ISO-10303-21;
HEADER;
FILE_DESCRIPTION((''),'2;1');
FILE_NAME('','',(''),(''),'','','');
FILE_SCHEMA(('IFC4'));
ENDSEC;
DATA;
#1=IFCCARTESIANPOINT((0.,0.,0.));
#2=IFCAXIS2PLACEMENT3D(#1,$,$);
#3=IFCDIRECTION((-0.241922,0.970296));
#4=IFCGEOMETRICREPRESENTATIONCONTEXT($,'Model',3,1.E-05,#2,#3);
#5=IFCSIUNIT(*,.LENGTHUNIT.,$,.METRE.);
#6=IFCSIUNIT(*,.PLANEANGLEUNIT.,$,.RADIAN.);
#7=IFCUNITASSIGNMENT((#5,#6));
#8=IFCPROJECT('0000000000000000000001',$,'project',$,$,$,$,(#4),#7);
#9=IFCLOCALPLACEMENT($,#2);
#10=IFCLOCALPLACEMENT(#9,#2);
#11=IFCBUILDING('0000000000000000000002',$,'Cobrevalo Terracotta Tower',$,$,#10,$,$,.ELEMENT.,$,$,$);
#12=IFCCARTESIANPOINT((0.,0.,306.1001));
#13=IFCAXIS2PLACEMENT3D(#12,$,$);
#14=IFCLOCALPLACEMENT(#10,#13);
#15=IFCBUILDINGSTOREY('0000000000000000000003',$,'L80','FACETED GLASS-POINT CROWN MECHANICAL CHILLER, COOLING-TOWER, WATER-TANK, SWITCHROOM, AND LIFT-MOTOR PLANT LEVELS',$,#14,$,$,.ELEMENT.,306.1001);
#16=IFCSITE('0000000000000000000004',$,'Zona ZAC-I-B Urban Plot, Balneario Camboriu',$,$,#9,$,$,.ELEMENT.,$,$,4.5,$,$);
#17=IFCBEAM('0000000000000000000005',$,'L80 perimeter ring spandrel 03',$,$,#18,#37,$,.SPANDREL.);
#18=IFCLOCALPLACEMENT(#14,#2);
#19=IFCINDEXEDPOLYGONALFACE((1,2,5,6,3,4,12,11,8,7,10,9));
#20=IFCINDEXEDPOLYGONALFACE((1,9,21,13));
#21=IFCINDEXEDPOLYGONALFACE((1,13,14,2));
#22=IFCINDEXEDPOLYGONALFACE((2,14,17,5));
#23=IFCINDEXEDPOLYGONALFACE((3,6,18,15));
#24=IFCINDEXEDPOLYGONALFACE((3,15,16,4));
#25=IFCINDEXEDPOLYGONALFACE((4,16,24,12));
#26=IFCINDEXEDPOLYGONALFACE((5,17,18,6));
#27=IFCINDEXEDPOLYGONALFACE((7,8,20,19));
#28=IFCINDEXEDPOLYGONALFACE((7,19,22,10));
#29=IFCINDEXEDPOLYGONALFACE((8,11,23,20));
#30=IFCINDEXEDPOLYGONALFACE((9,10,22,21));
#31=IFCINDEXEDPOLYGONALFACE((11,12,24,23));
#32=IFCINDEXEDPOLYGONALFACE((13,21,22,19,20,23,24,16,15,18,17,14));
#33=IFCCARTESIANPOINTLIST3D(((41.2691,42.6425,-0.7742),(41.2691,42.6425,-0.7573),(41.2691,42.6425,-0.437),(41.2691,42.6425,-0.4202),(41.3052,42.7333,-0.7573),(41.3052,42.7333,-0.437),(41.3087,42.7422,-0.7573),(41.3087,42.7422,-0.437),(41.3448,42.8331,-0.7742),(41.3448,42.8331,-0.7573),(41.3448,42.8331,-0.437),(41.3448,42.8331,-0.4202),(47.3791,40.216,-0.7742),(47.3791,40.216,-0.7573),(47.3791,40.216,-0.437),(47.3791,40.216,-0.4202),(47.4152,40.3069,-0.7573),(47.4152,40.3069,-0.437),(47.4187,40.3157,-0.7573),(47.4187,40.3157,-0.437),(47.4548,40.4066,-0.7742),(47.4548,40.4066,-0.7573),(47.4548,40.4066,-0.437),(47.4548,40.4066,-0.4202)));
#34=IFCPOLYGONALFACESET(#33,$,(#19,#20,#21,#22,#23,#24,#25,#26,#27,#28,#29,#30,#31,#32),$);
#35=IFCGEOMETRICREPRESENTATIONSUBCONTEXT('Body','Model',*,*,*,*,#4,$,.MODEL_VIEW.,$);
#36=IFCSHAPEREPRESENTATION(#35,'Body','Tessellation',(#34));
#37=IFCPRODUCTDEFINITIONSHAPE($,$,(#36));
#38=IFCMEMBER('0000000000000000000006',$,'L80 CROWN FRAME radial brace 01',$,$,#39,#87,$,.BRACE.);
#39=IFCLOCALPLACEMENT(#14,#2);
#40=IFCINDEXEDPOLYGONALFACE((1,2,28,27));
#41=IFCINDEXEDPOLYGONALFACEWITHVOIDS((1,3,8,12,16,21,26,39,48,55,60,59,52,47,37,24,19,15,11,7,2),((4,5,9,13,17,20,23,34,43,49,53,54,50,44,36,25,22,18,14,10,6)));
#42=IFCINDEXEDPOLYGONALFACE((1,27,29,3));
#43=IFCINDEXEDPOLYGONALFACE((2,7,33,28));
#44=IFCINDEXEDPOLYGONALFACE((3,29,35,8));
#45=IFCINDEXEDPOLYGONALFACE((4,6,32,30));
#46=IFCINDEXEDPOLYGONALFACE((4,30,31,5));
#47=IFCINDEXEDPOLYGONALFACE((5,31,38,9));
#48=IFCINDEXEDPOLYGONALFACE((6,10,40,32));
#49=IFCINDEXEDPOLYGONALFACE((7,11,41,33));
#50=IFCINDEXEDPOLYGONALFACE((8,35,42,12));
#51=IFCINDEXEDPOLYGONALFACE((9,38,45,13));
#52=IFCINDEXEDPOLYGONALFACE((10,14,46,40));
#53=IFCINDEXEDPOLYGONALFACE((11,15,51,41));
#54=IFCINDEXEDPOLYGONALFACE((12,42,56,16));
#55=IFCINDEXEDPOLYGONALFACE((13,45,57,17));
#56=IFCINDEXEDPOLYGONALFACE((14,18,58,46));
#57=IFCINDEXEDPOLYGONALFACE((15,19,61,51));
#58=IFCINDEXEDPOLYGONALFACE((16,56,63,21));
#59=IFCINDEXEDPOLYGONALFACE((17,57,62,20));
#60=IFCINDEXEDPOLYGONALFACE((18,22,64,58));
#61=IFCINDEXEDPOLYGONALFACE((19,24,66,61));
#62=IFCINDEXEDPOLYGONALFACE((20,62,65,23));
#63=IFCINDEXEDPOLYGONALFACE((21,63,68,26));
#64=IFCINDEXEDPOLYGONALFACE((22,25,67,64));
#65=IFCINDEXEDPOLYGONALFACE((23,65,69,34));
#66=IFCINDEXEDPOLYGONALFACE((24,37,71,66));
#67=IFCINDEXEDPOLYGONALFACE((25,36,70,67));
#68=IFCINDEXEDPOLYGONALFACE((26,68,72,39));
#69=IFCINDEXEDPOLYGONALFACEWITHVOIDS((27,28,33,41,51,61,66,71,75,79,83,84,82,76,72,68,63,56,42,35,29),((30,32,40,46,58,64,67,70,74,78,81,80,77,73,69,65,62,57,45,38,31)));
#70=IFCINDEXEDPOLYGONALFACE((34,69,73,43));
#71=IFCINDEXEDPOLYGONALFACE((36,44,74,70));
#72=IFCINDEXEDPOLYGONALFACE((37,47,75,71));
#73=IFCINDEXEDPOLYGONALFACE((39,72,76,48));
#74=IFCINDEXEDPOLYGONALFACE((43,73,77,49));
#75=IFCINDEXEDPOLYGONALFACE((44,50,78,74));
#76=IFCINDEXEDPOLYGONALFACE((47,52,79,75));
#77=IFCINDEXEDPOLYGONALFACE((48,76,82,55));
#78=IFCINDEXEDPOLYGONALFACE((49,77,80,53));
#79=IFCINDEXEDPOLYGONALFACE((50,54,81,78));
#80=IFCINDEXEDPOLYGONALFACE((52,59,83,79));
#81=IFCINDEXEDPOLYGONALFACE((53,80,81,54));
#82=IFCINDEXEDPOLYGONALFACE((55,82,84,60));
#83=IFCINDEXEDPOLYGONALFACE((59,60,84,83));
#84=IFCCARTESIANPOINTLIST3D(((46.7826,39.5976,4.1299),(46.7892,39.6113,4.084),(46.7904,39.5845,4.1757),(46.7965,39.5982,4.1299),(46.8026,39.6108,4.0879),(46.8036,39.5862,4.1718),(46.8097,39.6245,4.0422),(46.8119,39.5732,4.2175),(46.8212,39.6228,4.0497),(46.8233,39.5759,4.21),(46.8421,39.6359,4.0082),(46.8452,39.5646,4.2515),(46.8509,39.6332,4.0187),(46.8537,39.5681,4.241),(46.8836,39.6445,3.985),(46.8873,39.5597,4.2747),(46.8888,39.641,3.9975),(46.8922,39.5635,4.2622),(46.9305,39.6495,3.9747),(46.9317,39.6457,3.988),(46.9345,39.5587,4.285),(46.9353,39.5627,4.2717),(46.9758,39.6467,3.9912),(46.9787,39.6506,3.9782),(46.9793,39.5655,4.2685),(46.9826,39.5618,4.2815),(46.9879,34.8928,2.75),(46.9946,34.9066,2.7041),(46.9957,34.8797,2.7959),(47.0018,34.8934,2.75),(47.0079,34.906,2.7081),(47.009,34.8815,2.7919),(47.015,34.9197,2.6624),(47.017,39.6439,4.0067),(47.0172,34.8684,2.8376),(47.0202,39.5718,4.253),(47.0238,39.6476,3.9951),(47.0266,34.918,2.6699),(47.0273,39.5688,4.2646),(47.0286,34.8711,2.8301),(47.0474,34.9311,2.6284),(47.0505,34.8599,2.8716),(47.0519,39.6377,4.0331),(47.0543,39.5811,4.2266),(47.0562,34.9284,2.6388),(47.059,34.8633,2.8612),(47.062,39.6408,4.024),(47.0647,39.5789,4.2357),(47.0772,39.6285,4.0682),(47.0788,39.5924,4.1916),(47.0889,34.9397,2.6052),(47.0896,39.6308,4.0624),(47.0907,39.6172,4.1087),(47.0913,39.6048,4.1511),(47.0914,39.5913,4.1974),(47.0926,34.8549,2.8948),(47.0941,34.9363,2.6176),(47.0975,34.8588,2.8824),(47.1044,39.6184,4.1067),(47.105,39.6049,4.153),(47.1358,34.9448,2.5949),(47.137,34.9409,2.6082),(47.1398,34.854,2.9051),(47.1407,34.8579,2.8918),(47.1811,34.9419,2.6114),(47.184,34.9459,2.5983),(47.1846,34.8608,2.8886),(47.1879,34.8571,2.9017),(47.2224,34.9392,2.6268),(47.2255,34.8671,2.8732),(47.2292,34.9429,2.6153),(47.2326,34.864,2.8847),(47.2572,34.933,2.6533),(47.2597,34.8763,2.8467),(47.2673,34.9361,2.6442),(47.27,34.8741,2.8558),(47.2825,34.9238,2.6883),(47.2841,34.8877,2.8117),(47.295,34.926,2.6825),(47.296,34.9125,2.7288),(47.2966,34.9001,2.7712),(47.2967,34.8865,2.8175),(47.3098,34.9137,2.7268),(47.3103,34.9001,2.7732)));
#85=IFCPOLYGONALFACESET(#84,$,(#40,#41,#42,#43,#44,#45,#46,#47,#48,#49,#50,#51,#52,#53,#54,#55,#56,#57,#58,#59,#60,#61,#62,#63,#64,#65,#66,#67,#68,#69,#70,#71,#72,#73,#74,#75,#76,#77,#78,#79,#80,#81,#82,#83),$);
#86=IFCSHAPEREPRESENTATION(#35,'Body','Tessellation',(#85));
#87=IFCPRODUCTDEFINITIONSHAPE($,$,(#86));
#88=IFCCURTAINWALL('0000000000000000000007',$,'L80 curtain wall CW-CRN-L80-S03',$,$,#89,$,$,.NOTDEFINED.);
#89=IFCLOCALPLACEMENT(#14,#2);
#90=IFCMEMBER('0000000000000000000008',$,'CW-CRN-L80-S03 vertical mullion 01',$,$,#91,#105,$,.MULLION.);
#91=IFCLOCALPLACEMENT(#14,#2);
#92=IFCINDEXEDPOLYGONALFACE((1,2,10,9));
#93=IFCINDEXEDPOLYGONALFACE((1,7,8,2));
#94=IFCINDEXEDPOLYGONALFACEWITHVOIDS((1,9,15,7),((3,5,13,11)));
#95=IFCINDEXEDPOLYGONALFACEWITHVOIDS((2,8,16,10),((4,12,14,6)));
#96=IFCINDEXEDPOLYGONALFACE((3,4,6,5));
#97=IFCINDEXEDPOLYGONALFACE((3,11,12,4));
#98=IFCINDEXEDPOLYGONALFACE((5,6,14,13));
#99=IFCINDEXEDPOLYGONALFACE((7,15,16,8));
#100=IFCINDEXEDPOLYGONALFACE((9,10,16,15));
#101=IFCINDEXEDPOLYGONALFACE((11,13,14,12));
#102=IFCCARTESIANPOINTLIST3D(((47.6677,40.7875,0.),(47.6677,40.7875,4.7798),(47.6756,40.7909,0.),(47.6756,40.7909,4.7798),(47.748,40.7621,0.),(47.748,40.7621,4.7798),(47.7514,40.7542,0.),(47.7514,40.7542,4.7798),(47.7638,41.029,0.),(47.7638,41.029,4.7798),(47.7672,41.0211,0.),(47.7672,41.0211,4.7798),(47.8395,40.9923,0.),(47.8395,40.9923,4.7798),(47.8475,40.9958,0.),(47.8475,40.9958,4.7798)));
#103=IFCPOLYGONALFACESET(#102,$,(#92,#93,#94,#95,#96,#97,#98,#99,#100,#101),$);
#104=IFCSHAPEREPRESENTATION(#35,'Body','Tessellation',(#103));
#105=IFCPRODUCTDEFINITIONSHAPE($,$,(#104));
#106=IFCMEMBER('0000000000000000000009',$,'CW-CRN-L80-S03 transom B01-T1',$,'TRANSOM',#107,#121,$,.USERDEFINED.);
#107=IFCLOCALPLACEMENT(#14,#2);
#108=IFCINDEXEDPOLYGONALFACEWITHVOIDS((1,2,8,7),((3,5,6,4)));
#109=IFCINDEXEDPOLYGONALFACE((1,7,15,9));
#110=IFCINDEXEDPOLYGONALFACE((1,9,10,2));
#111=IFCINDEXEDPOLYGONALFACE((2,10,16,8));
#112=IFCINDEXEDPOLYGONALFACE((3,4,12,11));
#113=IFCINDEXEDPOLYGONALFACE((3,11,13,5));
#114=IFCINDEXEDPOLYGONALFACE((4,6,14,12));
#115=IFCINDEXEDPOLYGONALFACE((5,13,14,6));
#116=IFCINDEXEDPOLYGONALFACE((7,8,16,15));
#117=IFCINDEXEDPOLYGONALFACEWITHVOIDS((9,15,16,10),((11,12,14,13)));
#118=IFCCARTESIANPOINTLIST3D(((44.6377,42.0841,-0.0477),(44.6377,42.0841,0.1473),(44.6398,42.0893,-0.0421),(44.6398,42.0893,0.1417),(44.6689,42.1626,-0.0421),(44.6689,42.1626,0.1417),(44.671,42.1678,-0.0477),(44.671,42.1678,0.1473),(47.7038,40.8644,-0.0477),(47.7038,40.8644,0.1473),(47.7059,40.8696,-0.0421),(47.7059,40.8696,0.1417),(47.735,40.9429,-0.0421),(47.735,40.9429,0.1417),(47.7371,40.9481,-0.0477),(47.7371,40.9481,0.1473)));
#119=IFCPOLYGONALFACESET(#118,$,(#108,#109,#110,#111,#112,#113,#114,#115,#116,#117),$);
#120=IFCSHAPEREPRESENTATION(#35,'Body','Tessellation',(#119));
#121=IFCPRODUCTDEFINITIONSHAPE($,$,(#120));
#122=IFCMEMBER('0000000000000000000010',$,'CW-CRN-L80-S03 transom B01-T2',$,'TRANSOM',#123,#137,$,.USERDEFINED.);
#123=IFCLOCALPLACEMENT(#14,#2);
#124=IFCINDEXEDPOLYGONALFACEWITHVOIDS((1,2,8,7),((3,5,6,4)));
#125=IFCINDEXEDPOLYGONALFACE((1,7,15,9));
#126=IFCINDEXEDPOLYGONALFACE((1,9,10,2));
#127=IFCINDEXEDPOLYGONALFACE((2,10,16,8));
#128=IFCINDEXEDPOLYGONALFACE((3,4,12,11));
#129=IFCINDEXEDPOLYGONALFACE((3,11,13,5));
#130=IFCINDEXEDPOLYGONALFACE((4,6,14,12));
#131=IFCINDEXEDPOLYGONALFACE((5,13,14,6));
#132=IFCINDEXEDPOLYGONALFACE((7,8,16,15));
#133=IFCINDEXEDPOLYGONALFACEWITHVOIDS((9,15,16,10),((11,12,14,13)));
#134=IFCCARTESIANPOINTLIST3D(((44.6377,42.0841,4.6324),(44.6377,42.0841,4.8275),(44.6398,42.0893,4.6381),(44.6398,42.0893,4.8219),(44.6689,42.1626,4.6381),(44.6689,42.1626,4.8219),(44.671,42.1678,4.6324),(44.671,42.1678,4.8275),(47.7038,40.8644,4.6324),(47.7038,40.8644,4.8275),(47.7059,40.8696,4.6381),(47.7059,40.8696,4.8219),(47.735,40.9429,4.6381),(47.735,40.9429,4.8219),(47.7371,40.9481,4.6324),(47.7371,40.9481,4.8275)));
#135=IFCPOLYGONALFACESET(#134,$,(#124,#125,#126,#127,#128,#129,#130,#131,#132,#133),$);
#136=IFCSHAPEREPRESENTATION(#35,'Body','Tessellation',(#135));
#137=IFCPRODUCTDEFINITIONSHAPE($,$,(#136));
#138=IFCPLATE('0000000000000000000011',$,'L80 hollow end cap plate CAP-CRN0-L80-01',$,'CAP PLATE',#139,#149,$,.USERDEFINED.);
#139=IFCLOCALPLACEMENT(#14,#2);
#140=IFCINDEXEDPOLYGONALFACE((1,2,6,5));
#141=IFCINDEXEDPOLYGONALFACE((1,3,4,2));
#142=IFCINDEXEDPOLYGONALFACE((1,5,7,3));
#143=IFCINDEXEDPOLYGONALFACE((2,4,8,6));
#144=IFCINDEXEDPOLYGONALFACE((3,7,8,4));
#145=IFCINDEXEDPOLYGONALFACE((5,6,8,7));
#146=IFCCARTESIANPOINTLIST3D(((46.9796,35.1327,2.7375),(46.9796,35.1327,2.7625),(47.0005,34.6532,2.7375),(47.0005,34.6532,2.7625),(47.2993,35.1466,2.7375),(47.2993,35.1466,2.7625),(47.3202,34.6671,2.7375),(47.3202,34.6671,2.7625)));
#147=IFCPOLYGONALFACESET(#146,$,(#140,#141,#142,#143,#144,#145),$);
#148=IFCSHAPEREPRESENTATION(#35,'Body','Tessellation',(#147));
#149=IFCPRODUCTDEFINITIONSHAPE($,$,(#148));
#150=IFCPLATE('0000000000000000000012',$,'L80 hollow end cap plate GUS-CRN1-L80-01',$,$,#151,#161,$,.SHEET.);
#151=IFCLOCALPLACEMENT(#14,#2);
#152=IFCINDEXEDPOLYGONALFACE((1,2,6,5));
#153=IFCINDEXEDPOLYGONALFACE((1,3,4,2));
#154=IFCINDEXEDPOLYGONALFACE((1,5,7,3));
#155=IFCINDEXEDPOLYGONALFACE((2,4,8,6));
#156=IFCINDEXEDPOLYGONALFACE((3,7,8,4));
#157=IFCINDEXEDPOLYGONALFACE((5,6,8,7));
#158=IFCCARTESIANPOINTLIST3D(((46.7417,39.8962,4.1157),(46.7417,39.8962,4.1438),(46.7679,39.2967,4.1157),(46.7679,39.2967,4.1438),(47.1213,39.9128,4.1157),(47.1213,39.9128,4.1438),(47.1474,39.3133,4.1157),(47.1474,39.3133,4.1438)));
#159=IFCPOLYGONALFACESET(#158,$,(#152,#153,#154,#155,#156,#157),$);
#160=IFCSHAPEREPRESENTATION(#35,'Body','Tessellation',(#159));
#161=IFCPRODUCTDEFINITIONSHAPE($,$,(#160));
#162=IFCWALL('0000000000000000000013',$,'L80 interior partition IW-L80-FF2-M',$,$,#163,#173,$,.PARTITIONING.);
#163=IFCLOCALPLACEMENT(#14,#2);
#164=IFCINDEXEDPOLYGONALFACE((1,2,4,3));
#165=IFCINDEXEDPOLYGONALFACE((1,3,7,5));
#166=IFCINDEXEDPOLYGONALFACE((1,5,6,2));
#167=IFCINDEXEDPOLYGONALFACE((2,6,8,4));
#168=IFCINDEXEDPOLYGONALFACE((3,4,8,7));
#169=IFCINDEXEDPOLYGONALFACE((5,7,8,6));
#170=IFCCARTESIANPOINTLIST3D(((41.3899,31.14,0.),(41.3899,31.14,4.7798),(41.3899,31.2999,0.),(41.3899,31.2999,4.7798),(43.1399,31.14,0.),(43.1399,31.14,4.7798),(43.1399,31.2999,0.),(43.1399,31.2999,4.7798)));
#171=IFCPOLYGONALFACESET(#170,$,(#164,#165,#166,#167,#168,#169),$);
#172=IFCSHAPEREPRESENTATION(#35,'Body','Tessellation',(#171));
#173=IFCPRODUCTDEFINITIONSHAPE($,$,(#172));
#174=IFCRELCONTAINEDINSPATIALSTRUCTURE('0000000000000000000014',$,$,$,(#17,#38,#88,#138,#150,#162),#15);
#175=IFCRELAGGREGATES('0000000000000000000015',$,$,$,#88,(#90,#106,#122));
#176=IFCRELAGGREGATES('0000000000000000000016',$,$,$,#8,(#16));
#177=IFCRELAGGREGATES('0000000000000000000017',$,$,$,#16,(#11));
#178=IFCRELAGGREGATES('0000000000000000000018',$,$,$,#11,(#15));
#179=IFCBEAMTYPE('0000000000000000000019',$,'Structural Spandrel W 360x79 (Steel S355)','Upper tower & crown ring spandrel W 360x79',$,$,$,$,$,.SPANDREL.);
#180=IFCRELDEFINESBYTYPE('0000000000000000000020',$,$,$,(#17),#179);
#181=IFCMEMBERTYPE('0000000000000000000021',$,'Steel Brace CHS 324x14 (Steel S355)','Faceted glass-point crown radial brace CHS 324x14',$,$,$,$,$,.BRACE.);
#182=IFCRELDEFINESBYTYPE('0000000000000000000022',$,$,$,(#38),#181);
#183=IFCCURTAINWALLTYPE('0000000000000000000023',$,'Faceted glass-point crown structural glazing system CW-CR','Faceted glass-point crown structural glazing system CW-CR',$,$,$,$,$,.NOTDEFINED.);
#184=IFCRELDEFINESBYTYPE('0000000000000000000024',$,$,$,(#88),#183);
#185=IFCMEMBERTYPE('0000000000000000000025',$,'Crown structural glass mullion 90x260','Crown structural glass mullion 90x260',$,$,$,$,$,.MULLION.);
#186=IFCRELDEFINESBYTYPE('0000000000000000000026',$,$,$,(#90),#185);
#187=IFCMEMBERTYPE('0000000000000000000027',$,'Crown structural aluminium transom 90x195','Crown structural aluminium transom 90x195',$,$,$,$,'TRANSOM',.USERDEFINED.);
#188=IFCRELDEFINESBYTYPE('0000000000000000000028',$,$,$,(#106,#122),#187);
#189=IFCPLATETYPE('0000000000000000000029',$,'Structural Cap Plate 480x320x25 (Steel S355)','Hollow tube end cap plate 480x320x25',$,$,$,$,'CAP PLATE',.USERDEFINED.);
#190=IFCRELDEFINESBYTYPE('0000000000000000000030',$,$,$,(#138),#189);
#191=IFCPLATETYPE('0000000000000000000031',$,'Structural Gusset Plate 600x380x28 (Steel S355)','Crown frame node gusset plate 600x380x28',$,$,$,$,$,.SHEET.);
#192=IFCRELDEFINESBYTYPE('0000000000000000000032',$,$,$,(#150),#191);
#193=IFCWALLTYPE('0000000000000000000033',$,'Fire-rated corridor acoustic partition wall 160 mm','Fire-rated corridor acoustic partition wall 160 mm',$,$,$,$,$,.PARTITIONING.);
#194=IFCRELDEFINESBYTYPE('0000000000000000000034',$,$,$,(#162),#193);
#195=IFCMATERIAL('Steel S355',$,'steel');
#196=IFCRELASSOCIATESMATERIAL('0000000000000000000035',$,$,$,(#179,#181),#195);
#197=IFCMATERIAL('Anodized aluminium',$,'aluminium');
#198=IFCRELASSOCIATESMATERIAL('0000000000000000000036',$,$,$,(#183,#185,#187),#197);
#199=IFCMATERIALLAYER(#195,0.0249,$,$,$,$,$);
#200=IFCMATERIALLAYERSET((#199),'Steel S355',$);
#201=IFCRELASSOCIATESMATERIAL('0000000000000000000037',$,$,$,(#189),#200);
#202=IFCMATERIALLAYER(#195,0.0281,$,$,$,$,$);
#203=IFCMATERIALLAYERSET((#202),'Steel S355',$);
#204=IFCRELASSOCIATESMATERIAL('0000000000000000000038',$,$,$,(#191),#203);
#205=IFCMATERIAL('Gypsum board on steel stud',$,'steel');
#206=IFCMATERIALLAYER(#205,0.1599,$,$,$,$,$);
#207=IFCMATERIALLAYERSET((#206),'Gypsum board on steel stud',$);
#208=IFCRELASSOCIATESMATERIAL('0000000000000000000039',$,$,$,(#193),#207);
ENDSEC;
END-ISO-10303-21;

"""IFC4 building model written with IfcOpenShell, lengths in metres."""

from ifc_helpers import new_model, si_unit, direction, frame, frame_2d, origin, origin_2d, place, context, subcontext, project, spatial, rectangle, hollow_rectangle, hollow_circle, i_section, extrude, source, transform, mapped, material, layer, layer_set, material_profile, profile_set, type_object, element, aggregate, save


model = new_model("IFC4")

# Units and contexts
model_context = context("Model", 3, precision=1e-05, world=origin(), true_north=direction((-0.241922, 0.970296)))
body_context = subcontext(model_context, "Body", "Model", "MODEL_VIEW")
ifc_project = project(units=[si_unit("LENGTHUNIT", "METRE"), si_unit("PLANEANGLEUNIT", "RADIAN")], contexts=[model_context])

# Site, building, storey
site_placement = place(None, origin())
site = spatial("IfcSite", under=ifc_project, at=site_placement, Name="Zona ZAC-I-B Urban Plot, Balneario Camboriu", CompositionType="ELEMENT", RefElevation=4.5)
building_placement = place(site_placement, origin())
building = spatial("IfcBuilding", under=site, at=building_placement, Name="Cobrevalo Terracotta Tower", CompositionType="ELEMENT")
storey_placement = place(building_placement, frame((0.0, 0.0, 306.1001)))
storey = spatial("IfcBuildingStorey", under=building, at=storey_placement, Name="L80", Description="FACETED GLASS-POINT CROWN MECHANICAL CHILLER, COOLING-TOWER, WATER-TANK, SWITCHROOM, AND LIFT-MOTOR PLANT LEVELS", CompositionType="ELEMENT", Elevation=306.1001)

# Shared definitions
ifc_material_1 = material(Name="Steel S355", Category="steel")

# Beam
ifc_material_profile_1 = material_profile(ifc_material_1, i_section(OverallWidth=0.2051, OverallDepth=0.354, WebThickness=0.0095, FlangeThickness=0.0168, at=origin_2d()), Name="W 360x79")
ifc_profile_set_1 = profile_set([ifc_material_profile_1], Name="Steel S355")
beam_type_1 = type_object("IfcBeamType", Name="Structural Spandrel W 360x79 (Steel S355)", Description="Upper tower & crown ring spandrel W 360x79", PredefinedType="SPANDREL", material=ifc_profile_set_1)
beam_1_placement = place(storey_placement, frame((47.417, 40.3113, -0.5972), z_axis=(-0.929393, 0.369091, 0.0), x_axis=(-0.369091, -0.929393, 0.0)))
element("IfcBeam", 1, at=beam_1_placement, inside=storey, type_object=beam_type_1, Name="L80 perimeter ring spandrel 03", PredefinedType="SPANDREL", context=body_context, shape_type="SweptSolid", body=[
    extrude(i_section(OverallWidth=0.2051, OverallDepth=0.354, WebThickness=0.0095, FlangeThickness=0.0168, at=origin_2d()), origin(), (0.0, 0.0, 1.0), 6.5742),
])

# Member
ifc_material_profile_2 = material_profile(ifc_material_1, hollow_circle(Radius=0.1621, WallThickness=0.0139, at=origin_2d()), Name="CHS 324x14")
ifc_profile_set_2 = profile_set([ifc_material_profile_2], Name="Steel S355")
member_type_1 = type_object("IfcMemberType", Name="Steel Brace CHS 324x14 (Steel S355)", Description="Faceted glass-point crown radial brace CHS 324x14", PredefinedType="BRACE", material=ifc_profile_set_2)
shared_shape_1 = source(origin(), body_context, "Body", "SweptSolid", [
    extrude(hollow_circle(Radius=0.1621, WallThickness=0.0139, at=origin_2d()), origin(), (0.0, 0.0, 1.0), 4.9072),
])
member_1_placement = place(storey_placement, frame((47.1499, 34.8999, 2.75), z_axis=(-0.04184, 0.95874, 0.281189), x_axis=(-0.999049, -0.043599, 0.0)))
element("IfcMember", 2, at=member_1_placement, inside=storey, type_object=member_type_1, Name="L80 CROWN FRAME radial brace 01", PredefinedType="BRACE", context=body_context, shape_type="MappedRepresentation", body=[
    mapped(shared_shape_1, transform((0.0, 0.0, 0.0), scale=1.0)),
])

# Curtain wall, members
ifc_material_2 = material(Name="Anodized aluminium", Category="aluminium")
curtain_wall_type = type_object("IfcCurtainWallType", Name="Faceted glass-point crown structural glazing system CW-CR", Description="Faceted glass-point crown structural glazing system CW-CR", PredefinedType="NOTDEFINED", material=ifc_material_2)
curtain_wall_placement = place(storey_placement, origin())
curtain_wall = element("IfcCurtainWall", 3, at=curtain_wall_placement, inside=storey, type_object=curtain_wall_type, Name="L80 curtain wall CW-CRN-L80-S03", PredefinedType="NOTDEFINED")
ifc_material_profile_3 = material_profile(ifc_material_2, hollow_rectangle(XDim=0.0901, YDim=0.26, WallThickness=0.0061, at=origin_2d()), Name="CWM 90x260")
ifc_profile_set_3 = profile_set([ifc_material_profile_3], Name="Anodized aluminium")
member_type_2 = type_object("IfcMemberType", Name="Crown structural glass mullion 90x260", Description="Crown structural glass mullion 90x260", PredefinedType="MULLION", material=ifc_profile_set_3)
shared_shape_2 = source(origin(), body_context, "Body", "SweptSolid", [
    extrude(hollow_rectangle(XDim=0.0901, YDim=0.26, WallThickness=0.0061, at=origin_2d()), origin(), (0.0, 0.0, 1.0), 4.7798),
])
member_2_placement = place(storey_placement, frame((47.7576, 40.8916, 0.0), z_axis=(0.0, 0.0, 1.0), x_axis=(-0.929191, 0.369601, 0.0)))
member_2 = element("IfcMember", 4, at=member_2_placement, type_object=member_type_2, Name="CW-CRN-L80-S03 vertical mullion 01", PredefinedType="MULLION", context=body_context, shape_type="MappedRepresentation", body=[
    mapped(shared_shape_2, transform((0.0, 0.0, 0.0), scale=1.0)),
])
ifc_material_profile_4 = material_profile(ifc_material_2, hollow_rectangle(XDim=0.0901, YDim=0.1951, WallThickness=0.0056, at=origin_2d()), Name="CWT 90x195")
ifc_profile_set_4 = profile_set([ifc_material_profile_4], Name="Anodized aluminium")
member_type_3 = type_object("IfcMemberType", Name="Crown structural aluminium transom 90x195", Description="Crown structural aluminium transom 90x195", ElementType="TRANSOM", PredefinedType="USERDEFINED", material=ifc_profile_set_4)
shared_shape_3 = source(origin(), body_context, "Body", "SweptSolid", [
    extrude(hollow_rectangle(XDim=0.0901, YDim=0.1951, WallThickness=0.0056, at=origin_2d()), origin(), (0.0, 0.0, 1.0), 3.2998),
])
member_3_placement = place(storey_placement, frame((47.7205, 40.9062, 0.0498), z_axis=(-0.929179, 0.36963, 0.0), x_axis=(-0.36963, -0.929179, 0.0)))
member_3 = element("IfcMember", 5, at=member_3_placement, type_object=member_type_3, Name="CW-CRN-L80-S03 transom B01-T1", ObjectType="TRANSOM", PredefinedType="USERDEFINED", context=body_context, shape_type="MappedRepresentation", body=[
    mapped(shared_shape_3, transform((0.0, 0.0, 0.0), scale=1.0)),
])
member_4_placement = place(storey_placement, frame((47.7205, 40.9062, 4.73), z_axis=(-0.929179, 0.36963, 0.0), x_axis=(-0.36963, -0.929179, 0.0)))
member_4 = element("IfcMember", 6, at=member_4_placement, type_object=member_type_3, Name="CW-CRN-L80-S03 transom B01-T2", ObjectType="TRANSOM", PredefinedType="USERDEFINED", context=body_context, shape_type="MappedRepresentation", body=[
    mapped(shared_shape_3, transform((0.0, 0.0, 0.0), scale=1.0)),
])
aggregate(curtain_wall, [member_2, member_3, member_4])

# Plates
ifc_layer_1 = layer(ifc_material_1, 0.0249)
ifc_layer_set_1 = layer_set([ifc_layer_1], Name="Steel S355")
plate_type_1 = type_object("IfcPlateType", Name="Structural Cap Plate 480x320x25 (Steel S355)", Description="Hollow tube end cap plate 480x320x25", ElementType="CAP PLATE", PredefinedType="USERDEFINED", material=ifc_layer_set_1)
shared_shape_4 = source(origin(), body_context, "Body", "SweptSolid", [
    extrude(rectangle(XDim=0.48, YDim=0.3201, at=origin_2d()), origin(), (0.0, 0.0, 1.0), 0.0249),
])
plate_1_placement = place(storey_placement, frame((47.1499, 34.8999, 2.7375), z_axis=(0.0, 0.0, 1.0), x_axis=(-0.0436, 0.999049, 0.0)))
element("IfcPlate", 7, at=plate_1_placement, inside=storey, type_object=plate_type_1, Name="L80 hollow end cap plate CAP-CRN0-L80-01", ObjectType="CAP PLATE", PredefinedType="USERDEFINED", context=body_context, shape_type="MappedRepresentation", body=[
    mapped(shared_shape_4, transform((0.0, 0.0, 0.0), scale=1.0)),
])
ifc_layer_2 = layer(ifc_material_1, 0.0281)
ifc_layer_set_2 = layer_set([ifc_layer_2], Name="Steel S355")
plate_type_2 = type_object("IfcPlateType", Name="Structural Gusset Plate 600x380x28 (Steel S355)", Description="Crown frame node gusset plate 600x380x28", PredefinedType="SHEET", material=ifc_layer_set_2)
shared_shape_5 = source(origin(), body_context, "Body", "SweptSolid", [
    extrude(rectangle(XDim=0.6001, YDim=0.3799, at=origin_2d()), origin(), (0.0, 0.0, 1.0), 0.0281),
])
plate_2_placement = place(storey_placement, frame((46.9446, 39.6047, 4.1157), z_axis=(0.0, 0.0, 1.0), x_axis=(-0.0436, 0.999049, 0.0)))
element("IfcPlate", 8, at=plate_2_placement, inside=storey, type_object=plate_type_2, Name="L80 hollow end cap plate GUS-CRN1-L80-01", PredefinedType="SHEET", context=body_context, shape_type="MappedRepresentation", body=[
    mapped(shared_shape_5, transform((0.0, 0.0, 0.0), scale=1.0)),
])

# Wall
ifc_material_3 = material(Name="Gypsum board on steel stud", Category="steel")
ifc_layer_3 = layer(ifc_material_3, 0.1599)
ifc_layer_set_3 = layer_set([ifc_layer_3], Name="Gypsum board on steel stud")
wall_type_1 = type_object("IfcWallType", Name="Fire-rated corridor acoustic partition wall 160 mm", Description="Fire-rated corridor acoustic partition wall 160 mm", PredefinedType="PARTITIONING", material=ifc_layer_set_3)
wall_1_placement = place(storey_placement, frame((41.3899, 31.22, 0.0), z_axis=(0.0, 0.0, 1.0), x_axis=(1.0, 0.0, 0.0)))
element("IfcWall", 9, at=wall_1_placement, inside=storey, type_object=wall_type_1, Name="L80 interior partition IW-L80-FF2-M", PredefinedType="PARTITIONING", context=body_context, shape_type="SweptSolid", body=[
    extrude(rectangle(XDim=1.75, YDim=0.1599, at=frame_2d((0.875, 0.0))), origin(), (0.0, 0.0, 1.0), 4.7798),
])

save(model, "model.ifc")
